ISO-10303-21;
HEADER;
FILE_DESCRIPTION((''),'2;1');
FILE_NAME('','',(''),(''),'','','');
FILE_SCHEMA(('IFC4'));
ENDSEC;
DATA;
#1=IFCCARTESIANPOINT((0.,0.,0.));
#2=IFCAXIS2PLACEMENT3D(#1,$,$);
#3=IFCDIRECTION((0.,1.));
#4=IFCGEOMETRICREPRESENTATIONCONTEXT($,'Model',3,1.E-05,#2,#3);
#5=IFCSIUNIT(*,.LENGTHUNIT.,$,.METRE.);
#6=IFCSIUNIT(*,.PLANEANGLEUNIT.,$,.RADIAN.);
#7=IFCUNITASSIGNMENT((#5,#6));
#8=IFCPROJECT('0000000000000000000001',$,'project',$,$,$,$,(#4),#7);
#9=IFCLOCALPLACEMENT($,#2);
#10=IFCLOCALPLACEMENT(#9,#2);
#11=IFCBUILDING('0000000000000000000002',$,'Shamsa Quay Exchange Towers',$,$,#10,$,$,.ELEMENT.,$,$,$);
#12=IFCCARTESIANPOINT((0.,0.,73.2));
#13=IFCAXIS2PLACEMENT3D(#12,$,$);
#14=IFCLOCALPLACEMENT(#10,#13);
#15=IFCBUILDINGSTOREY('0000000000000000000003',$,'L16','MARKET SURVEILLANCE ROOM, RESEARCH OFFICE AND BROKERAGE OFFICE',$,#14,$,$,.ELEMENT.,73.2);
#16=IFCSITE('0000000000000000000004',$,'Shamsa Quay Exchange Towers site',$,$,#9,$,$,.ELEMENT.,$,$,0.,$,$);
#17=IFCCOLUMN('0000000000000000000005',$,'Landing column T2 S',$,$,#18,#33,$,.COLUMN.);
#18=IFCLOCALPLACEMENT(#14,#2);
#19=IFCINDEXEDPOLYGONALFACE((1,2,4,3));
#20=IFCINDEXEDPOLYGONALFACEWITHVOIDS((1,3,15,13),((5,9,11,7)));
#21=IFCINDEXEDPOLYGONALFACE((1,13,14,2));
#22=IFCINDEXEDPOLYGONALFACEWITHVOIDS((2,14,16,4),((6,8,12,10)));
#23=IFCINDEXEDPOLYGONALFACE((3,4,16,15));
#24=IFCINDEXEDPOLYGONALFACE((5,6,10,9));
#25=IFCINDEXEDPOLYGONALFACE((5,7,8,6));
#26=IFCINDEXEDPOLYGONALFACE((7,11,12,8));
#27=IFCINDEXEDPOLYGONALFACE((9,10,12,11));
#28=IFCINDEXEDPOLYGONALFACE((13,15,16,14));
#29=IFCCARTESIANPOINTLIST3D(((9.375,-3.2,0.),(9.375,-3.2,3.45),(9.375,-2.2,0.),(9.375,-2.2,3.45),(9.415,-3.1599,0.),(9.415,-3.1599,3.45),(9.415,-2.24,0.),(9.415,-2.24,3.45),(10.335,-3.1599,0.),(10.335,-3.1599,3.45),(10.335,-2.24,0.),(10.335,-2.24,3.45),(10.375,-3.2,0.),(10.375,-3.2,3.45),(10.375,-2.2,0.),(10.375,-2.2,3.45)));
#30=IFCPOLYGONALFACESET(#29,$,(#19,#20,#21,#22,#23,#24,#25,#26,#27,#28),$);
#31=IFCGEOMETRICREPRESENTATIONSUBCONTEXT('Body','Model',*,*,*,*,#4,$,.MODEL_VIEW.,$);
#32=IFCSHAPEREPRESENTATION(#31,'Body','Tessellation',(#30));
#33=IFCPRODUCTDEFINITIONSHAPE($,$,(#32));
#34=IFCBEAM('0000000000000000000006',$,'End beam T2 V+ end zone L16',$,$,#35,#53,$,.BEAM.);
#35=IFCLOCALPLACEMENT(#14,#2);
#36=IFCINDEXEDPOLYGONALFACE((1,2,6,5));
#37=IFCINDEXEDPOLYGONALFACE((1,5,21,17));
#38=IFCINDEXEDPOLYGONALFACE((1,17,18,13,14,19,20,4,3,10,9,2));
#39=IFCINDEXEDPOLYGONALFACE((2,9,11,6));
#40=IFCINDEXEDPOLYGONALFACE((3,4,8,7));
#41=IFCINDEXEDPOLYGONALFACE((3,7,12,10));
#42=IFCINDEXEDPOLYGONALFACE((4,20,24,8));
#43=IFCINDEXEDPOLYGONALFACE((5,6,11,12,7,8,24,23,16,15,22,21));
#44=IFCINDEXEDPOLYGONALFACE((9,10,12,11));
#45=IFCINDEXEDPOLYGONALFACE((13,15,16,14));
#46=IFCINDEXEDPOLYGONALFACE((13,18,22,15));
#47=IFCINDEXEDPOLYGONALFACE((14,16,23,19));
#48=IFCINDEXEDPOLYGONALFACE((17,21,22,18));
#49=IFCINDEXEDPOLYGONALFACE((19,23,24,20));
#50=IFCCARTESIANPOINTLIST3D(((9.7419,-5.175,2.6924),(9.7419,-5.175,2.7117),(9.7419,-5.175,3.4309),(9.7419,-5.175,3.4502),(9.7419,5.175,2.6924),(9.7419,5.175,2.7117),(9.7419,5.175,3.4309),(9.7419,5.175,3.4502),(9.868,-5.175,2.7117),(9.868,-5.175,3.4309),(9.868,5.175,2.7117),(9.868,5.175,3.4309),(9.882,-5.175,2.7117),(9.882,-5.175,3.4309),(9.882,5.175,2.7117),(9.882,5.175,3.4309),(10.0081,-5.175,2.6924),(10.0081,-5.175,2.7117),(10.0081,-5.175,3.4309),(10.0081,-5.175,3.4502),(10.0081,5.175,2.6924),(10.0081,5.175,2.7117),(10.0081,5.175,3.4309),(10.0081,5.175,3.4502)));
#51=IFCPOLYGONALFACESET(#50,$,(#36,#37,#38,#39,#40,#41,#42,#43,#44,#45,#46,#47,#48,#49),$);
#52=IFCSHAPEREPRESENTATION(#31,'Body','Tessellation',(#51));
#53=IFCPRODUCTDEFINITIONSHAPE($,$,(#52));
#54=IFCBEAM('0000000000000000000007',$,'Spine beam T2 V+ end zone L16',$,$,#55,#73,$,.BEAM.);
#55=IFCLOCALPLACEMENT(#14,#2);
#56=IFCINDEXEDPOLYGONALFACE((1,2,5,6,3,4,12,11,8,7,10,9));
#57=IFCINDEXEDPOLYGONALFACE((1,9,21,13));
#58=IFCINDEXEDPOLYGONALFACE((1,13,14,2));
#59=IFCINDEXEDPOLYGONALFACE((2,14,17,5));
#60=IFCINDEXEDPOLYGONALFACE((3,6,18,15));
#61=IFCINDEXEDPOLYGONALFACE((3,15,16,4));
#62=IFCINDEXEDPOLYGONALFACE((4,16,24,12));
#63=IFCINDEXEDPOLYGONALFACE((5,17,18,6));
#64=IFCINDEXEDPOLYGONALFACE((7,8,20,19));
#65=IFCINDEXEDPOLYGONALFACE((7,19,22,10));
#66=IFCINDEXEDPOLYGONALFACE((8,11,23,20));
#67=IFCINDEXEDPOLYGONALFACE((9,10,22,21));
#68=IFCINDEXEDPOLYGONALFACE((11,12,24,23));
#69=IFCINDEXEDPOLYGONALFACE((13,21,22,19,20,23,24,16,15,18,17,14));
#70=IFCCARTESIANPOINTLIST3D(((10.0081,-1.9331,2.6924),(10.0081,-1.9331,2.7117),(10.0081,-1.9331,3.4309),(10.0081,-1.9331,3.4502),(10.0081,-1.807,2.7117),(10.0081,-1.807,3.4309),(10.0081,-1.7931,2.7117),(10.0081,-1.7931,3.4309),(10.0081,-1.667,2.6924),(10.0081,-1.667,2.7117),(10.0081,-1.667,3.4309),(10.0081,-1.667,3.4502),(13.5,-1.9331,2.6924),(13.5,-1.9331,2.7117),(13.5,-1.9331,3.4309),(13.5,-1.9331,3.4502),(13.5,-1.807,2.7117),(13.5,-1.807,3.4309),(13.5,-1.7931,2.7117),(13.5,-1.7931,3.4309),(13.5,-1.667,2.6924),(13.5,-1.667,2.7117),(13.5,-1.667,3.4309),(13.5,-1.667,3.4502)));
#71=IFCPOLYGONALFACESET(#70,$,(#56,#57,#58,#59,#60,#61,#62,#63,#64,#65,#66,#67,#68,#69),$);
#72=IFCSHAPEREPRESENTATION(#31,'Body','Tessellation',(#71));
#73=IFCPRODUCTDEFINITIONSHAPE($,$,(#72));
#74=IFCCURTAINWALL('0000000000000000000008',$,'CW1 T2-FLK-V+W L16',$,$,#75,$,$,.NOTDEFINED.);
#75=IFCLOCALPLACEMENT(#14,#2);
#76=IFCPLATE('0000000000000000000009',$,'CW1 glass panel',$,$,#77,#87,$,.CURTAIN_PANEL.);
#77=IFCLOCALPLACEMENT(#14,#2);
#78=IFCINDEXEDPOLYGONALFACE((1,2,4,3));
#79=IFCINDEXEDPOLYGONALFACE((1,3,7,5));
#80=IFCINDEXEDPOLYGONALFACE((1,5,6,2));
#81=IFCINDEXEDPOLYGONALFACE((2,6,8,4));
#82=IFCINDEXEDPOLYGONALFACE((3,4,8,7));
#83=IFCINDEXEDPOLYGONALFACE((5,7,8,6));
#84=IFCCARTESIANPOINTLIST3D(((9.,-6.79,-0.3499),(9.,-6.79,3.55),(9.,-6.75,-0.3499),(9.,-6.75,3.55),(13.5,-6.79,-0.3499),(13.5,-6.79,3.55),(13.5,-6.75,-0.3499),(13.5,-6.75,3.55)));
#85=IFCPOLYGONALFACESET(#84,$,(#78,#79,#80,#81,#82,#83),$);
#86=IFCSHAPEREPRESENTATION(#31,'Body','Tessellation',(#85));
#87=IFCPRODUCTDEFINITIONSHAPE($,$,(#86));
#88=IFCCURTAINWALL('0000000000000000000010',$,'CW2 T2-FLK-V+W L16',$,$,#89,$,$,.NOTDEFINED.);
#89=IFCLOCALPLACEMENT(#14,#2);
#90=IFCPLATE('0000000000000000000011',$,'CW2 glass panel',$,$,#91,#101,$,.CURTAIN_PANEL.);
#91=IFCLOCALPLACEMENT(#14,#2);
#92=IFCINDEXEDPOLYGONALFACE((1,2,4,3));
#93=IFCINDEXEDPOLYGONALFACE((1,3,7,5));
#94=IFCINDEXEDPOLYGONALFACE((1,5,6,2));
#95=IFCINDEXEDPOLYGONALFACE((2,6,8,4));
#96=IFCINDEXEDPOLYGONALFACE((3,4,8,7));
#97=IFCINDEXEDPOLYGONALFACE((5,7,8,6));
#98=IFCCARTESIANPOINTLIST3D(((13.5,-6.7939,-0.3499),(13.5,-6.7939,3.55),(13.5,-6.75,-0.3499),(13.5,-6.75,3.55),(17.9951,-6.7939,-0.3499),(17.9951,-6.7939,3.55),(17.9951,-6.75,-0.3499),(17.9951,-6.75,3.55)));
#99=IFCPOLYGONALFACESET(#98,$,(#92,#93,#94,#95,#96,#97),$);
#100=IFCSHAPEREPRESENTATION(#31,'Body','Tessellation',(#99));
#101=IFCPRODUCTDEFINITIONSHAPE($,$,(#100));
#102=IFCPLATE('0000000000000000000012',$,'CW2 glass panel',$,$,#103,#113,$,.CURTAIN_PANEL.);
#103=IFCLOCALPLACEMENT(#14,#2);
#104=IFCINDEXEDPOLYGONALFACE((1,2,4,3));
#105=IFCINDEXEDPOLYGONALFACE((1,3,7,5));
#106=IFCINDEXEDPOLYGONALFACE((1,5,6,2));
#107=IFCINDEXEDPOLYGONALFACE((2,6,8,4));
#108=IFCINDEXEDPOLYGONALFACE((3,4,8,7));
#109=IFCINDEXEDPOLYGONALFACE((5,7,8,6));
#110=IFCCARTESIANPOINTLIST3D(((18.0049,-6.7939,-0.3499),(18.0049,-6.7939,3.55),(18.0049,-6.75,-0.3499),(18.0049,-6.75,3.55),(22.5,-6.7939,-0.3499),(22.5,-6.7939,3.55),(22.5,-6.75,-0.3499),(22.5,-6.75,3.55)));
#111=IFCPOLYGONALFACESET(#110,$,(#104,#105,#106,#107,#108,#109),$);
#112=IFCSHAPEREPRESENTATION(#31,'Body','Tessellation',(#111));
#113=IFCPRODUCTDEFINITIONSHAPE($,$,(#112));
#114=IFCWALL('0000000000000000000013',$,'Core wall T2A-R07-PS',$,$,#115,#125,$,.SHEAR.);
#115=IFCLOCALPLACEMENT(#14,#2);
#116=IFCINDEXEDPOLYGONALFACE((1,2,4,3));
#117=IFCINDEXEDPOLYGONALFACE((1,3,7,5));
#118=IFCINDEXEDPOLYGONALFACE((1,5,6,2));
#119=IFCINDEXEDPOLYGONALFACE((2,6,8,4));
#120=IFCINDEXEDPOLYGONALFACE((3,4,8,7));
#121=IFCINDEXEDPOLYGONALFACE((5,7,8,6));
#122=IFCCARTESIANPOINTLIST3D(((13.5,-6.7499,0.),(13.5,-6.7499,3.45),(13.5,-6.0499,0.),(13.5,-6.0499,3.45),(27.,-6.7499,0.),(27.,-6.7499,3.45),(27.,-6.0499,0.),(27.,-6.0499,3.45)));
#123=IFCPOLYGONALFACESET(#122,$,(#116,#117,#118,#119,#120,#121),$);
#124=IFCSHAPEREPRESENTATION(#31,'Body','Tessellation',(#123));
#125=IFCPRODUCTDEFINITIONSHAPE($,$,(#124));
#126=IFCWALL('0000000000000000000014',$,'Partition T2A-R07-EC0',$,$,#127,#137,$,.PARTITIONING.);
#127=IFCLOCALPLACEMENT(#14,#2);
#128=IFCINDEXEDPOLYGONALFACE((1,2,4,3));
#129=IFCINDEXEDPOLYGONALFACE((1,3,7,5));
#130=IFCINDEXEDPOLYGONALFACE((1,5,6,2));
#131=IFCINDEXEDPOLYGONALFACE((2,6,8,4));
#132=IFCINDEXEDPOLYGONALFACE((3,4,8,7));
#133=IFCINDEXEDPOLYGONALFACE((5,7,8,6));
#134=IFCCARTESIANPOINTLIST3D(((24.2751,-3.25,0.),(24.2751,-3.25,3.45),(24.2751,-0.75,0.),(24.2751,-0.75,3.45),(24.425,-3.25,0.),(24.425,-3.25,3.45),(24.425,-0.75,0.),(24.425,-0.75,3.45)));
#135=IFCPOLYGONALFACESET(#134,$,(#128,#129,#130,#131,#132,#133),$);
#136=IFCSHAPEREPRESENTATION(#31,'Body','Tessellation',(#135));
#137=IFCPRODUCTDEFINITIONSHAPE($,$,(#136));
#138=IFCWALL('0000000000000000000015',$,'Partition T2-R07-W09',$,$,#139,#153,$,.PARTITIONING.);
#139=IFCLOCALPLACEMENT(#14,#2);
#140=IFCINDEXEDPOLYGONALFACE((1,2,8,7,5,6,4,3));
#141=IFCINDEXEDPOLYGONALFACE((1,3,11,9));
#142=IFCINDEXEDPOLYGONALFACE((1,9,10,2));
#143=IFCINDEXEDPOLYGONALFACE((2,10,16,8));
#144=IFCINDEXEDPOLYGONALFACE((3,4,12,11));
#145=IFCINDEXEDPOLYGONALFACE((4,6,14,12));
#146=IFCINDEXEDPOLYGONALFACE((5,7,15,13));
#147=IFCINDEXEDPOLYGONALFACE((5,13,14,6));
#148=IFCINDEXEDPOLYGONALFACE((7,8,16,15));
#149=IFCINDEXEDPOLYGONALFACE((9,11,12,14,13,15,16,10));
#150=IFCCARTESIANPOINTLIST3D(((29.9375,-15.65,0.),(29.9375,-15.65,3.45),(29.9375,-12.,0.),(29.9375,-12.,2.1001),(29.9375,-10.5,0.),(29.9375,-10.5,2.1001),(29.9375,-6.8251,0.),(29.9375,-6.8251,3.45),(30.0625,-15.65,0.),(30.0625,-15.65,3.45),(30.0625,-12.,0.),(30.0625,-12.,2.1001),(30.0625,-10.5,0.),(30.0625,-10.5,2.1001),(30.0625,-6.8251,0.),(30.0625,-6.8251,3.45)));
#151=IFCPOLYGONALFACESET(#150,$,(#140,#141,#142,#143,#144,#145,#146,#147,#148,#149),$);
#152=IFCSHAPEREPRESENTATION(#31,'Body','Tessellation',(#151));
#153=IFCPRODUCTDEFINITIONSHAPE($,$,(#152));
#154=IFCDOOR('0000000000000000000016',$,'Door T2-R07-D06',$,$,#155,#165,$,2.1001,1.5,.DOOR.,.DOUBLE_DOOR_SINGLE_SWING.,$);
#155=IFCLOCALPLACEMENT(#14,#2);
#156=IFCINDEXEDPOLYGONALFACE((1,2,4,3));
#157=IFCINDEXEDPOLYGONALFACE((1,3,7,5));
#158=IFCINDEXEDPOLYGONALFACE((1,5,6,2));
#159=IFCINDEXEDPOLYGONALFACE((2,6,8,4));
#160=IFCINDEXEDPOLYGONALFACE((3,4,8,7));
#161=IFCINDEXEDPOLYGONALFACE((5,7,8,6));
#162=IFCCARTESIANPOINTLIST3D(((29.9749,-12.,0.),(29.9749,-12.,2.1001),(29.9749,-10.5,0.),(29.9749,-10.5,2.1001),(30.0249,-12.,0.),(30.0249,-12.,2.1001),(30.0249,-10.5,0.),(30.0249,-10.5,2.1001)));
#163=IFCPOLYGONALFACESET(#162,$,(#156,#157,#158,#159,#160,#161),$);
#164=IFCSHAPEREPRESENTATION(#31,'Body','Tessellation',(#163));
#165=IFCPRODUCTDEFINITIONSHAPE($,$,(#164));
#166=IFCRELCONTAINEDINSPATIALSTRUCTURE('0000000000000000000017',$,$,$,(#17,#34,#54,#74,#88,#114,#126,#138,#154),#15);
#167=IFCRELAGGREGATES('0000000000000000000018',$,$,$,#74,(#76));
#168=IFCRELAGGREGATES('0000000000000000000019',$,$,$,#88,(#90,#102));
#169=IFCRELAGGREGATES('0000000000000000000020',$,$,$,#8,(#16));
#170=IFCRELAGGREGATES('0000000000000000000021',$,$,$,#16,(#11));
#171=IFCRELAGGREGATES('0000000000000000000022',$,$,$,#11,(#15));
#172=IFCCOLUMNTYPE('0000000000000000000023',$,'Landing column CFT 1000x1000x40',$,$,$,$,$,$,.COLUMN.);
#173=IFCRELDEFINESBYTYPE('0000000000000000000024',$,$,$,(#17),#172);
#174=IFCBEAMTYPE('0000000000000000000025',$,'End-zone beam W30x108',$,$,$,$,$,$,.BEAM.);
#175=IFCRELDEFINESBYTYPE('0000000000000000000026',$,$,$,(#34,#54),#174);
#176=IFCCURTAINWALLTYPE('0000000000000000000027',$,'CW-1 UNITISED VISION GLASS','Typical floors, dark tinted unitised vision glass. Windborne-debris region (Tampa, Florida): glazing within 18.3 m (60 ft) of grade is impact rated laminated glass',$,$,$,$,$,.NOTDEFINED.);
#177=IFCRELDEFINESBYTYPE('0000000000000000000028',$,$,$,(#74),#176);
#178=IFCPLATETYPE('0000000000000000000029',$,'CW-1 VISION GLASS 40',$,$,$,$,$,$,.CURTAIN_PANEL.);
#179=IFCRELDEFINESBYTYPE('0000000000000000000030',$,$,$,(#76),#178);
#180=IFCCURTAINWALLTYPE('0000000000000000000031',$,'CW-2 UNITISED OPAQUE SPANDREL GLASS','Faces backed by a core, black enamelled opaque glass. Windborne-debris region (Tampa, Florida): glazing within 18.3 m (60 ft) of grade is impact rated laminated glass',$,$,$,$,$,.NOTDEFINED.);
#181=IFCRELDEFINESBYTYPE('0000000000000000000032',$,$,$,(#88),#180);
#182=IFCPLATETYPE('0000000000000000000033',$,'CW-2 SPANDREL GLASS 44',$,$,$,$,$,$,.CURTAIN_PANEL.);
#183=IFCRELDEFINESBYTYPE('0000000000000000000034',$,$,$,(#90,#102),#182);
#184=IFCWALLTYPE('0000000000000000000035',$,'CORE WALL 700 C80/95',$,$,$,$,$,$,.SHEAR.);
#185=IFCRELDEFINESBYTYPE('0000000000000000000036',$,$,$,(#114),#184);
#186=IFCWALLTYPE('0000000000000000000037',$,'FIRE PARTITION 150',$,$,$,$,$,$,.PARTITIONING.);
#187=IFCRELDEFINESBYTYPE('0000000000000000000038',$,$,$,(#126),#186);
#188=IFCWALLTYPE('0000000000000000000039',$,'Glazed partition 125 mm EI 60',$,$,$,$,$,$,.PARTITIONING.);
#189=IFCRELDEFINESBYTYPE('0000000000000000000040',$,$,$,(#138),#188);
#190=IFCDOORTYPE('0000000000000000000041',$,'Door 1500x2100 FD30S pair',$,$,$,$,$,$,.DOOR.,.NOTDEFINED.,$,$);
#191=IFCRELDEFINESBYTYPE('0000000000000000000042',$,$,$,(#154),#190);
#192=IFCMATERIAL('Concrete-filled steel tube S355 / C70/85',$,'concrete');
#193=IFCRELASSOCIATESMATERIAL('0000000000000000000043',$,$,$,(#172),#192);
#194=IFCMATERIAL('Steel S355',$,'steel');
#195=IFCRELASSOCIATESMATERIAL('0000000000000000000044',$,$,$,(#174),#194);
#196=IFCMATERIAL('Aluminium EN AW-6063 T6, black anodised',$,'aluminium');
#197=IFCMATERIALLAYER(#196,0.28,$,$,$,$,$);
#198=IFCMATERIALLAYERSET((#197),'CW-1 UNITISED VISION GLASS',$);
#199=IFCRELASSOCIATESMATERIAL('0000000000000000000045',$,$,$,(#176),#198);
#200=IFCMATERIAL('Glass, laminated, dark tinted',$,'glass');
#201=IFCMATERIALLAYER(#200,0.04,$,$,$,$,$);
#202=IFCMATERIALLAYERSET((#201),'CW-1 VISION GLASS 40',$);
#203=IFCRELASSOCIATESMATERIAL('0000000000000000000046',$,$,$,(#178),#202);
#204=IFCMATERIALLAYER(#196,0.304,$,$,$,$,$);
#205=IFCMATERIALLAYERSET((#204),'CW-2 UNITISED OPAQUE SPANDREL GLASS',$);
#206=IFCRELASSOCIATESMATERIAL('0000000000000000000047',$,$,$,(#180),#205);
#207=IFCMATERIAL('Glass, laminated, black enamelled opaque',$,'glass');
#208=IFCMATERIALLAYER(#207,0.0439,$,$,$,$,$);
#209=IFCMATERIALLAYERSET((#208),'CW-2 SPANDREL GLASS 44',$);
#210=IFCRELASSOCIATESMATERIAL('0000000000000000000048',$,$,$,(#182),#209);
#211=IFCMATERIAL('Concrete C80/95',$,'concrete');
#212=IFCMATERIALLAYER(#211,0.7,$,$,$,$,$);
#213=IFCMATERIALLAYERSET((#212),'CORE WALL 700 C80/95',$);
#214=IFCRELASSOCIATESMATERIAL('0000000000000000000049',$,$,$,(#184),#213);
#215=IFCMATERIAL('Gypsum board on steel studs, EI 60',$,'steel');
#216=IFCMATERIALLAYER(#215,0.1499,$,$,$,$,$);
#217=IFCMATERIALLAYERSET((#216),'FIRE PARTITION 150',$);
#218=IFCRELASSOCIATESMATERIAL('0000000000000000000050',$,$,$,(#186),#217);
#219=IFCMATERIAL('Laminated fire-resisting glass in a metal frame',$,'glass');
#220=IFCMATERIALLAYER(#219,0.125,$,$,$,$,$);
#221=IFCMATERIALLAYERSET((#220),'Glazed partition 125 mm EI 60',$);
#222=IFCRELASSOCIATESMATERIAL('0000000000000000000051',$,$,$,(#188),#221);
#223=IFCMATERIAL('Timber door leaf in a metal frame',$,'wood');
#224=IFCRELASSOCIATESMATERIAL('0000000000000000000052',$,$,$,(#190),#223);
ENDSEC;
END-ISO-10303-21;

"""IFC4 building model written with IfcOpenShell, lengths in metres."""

from ifc_helpers import new_model, si_unit, direction, frame, frame_2d, origin, origin_2d, place, context, subcontext, project, spatial, rectangle, hollow_rectangle, i_section, extrude, material, layer, layer_set, material_profile, profile_set, type_object, element, fill, aggregate, save


model = new_model("IFC4")

# Units and contexts
model_context = context("Model", 3, precision=1e-05, world=origin(), true_north=direction((0.0, 1.0)))
body_context = subcontext(model_context, "Body", "Model", "MODEL_VIEW")
ifc_project = project(units=[si_unit("LENGTHUNIT", "METRE"), si_unit("PLANEANGLEUNIT", "RADIAN")], contexts=[model_context])

# Site, building, storey
site_placement = place(None, origin())
site = spatial("IfcSite", under=ifc_project, at=site_placement, Name="Shamsa Quay Exchange Towers site", CompositionType="ELEMENT", RefElevation=0.0)
building_placement = place(site_placement, origin())
building = spatial("IfcBuilding", under=site, at=building_placement, Name="Shamsa Quay Exchange Towers", CompositionType="ELEMENT")
storey_placement = place(building_placement, frame((0.0, 0.0, 73.2)))
storey = spatial("IfcBuildingStorey", under=building, at=storey_placement, Name="L16", Description="MARKET SURVEILLANCE ROOM, RESEARCH OFFICE AND BROKERAGE OFFICE", CompositionType="ELEMENT", Elevation=73.2)

# Column
ifc_material_1 = material(Name="Concrete-filled steel tube S355 / C70/85", Category="concrete")
ifc_material_profile_1 = material_profile(ifc_material_1, hollow_rectangle(XDim=1.0, YDim=1.0, WallThickness=0.04, at=origin_2d()), Name="CFT 1000x1000x40")
ifc_profile_set_1 = profile_set([ifc_material_profile_1], Name="Concrete-filled steel tube S355 / C70/85")
column_type = type_object("IfcColumnType", Name="Landing column CFT 1000x1000x40", PredefinedType="COLUMN", material=ifc_profile_set_1)
column_placement = place(storey_placement, frame((9.875, -2.7, 0.0)))
element("IfcColumn", 1, at=column_placement, inside=storey, type_object=column_type, Name="Landing column T2 S", PredefinedType="COLUMN", context=body_context, shape_type="SweptSolid", body=[
    extrude(hollow_rectangle(XDim=1.0, YDim=1.0, WallThickness=0.04, at=origin_2d()), origin(), (0.0, 0.0, 1.0), 3.45),
])

# Beams
ifc_material_2 = material(Name="Steel S355", Category="steel")
ifc_material_profile_2 = material_profile(ifc_material_2, i_section(OverallWidth=0.2661, OverallDepth=0.7578, WebThickness=0.0139, FlangeThickness=0.0193, at=origin_2d()), Name="W30x108")
ifc_profile_set_2 = profile_set([ifc_material_profile_2], Name="Steel S355")
beam_type = type_object("IfcBeamType", Name="End-zone beam W30x108", PredefinedType="BEAM", material=ifc_profile_set_2)
beam_1_placement = place(storey_placement, frame((9.875, -5.175, 3.0713), z_axis=(0.0, 1.0, 0.0), x_axis=(-1.0, 0.0, 0.0)))
element("IfcBeam", 2, at=beam_1_placement, inside=storey, type_object=beam_type, Name="End beam T2 V+ end zone L16", PredefinedType="BEAM", context=body_context, shape_type="SweptSolid", body=[
    extrude(i_section(OverallWidth=0.2661, OverallDepth=0.7578, WebThickness=0.0139, FlangeThickness=0.0193, at=origin_2d()), origin(), (0.0, 0.0, 1.0), 10.3501),
])
beam_2_placement = place(storey_placement, frame((13.5, -1.8, 3.0713), z_axis=(-1.0, 0.0, 0.0), x_axis=(0.0, -1.0, 0.0)))
element("IfcBeam", 3, at=beam_2_placement, inside=storey, type_object=beam_type, Name="Spine beam T2 V+ end zone L16", PredefinedType="BEAM", context=body_context, shape_type="SweptSolid", body=[
    extrude(i_section(OverallWidth=0.2661, OverallDepth=0.7578, WebThickness=0.0139, FlangeThickness=0.0193, at=origin_2d()), origin(), (0.0, 0.0, 1.0), 3.4919),
])

# Curtain wall, plate
ifc_material_3 = material(Name="Aluminium EN AW-6063 T6, black anodised", Category="aluminium")
ifc_layer_1 = layer(ifc_material_3, 0.28)
ifc_layer_set_1 = layer_set([ifc_layer_1], Name="CW-1 UNITISED VISION GLASS")
curtain_wall_type_1 = type_object("IfcCurtainWallType", Name="CW-1 UNITISED VISION GLASS", Description="Typical floors, dark tinted unitised vision glass. Windborne-debris region (Tampa, Florida): glazing within 18.3 m (60 ft) of grade is impact rated laminated glass", PredefinedType="NOTDEFINED", material=ifc_layer_set_1)
curtain_wall_1_placement = place(storey_placement, origin())
curtain_wall_1 = element("IfcCurtainWall", 4, at=curtain_wall_1_placement, inside=storey, type_object=curtain_wall_type_1, Name="CW1 T2-FLK-V+W L16", PredefinedType="NOTDEFINED")
ifc_material_4 = material(Name="Glass, laminated, dark tinted", Category="glass")
ifc_layer_2 = layer(ifc_material_4, 0.04)
ifc_layer_set_2 = layer_set([ifc_layer_2], Name="CW-1 VISION GLASS 40")
plate_type_1 = type_object("IfcPlateType", Name="CW-1 VISION GLASS 40", PredefinedType="CURTAIN_PANEL", material=ifc_layer_set_2)
plate_1_placement = place(storey_placement, frame((11.25, -6.77, -0.3499)))
plate_1 = element("IfcPlate", 5, at=plate_1_placement, type_object=plate_type_1, Name="CW1 glass panel", PredefinedType="CURTAIN_PANEL", context=body_context, shape_type="SweptSolid", body=[
    extrude(rectangle(XDim=4.5, YDim=0.04, at=origin_2d()), origin(), (0.0, 0.0, 1.0), 3.8999),
])
aggregate(curtain_wall_1, [plate_1])

# Curtain wall, plates
ifc_layer_3 = layer(ifc_material_3, 0.304)
ifc_layer_set_3 = layer_set([ifc_layer_3], Name="CW-2 UNITISED OPAQUE SPANDREL GLASS")
curtain_wall_type_2 = type_object("IfcCurtainWallType", Name="CW-2 UNITISED OPAQUE SPANDREL GLASS", Description="Faces backed by a core, black enamelled opaque glass. Windborne-debris region (Tampa, Florida): glazing within 18.3 m (60 ft) of grade is impact rated laminated glass", PredefinedType="NOTDEFINED", material=ifc_layer_set_3)
curtain_wall_2_placement = place(storey_placement, origin())
curtain_wall_2 = element("IfcCurtainWall", 6, at=curtain_wall_2_placement, inside=storey, type_object=curtain_wall_type_2, Name="CW2 T2-FLK-V+W L16", PredefinedType="NOTDEFINED")
ifc_material_5 = material(Name="Glass, laminated, black enamelled opaque", Category="glass")
ifc_layer_4 = layer(ifc_material_5, 0.0439)
ifc_layer_set_4 = layer_set([ifc_layer_4], Name="CW-2 SPANDREL GLASS 44")
plate_type_2 = type_object("IfcPlateType", Name="CW-2 SPANDREL GLASS 44", PredefinedType="CURTAIN_PANEL", material=ifc_layer_set_4)
plate_2_placement = place(storey_placement, frame((15.7476, -6.772, -0.3499)))
plate_2 = element("IfcPlate", 7, at=plate_2_placement, type_object=plate_type_2, Name="CW2 glass panel", PredefinedType="CURTAIN_PANEL", context=body_context, shape_type="SweptSolid", body=[
    extrude(rectangle(XDim=4.4951, YDim=0.0439, at=origin_2d()), origin(), (0.0, 0.0, 1.0), 3.8999),
])
plate_3_placement = place(storey_placement, frame((20.2524, -6.772, -0.3499)))
plate_3 = element("IfcPlate", 8, at=plate_3_placement, type_object=plate_type_2, Name="CW2 glass panel", PredefinedType="CURTAIN_PANEL", context=body_context, shape_type="SweptSolid", body=[
    extrude(rectangle(XDim=4.4951, YDim=0.0439, at=origin_2d()), origin(), (0.0, 0.0, 1.0), 3.8999),
])
aggregate(curtain_wall_2, [plate_2, plate_3])

# Walls
ifc_material_6 = material(Name="Concrete C80/95", Category="concrete")
ifc_layer_5 = layer(ifc_material_6, 0.7)
ifc_layer_set_5 = layer_set([ifc_layer_5], Name="CORE WALL 700 C80/95")
wall_type_1 = type_object("IfcWallType", Name="CORE WALL 700 C80/95", PredefinedType="SHEAR", material=ifc_layer_set_5)
wall_1_placement = place(storey_placement, frame((13.5, -6.3999, 0.0)))
element("IfcWall", 9, at=wall_1_placement, inside=storey, type_object=wall_type_1, Name="Core wall T2A-R07-PS", PredefinedType="SHEAR", context=body_context, shape_type="SweptSolid", body=[
    extrude(rectangle(XDim=13.5, YDim=0.7, at=frame_2d((6.75, 0.0))), origin(), (0.0, 0.0, 1.0), 3.45),
])
ifc_material_7 = material(Name="Gypsum board on steel studs, EI 60", Category="steel")
ifc_layer_6 = layer(ifc_material_7, 0.1499)
ifc_layer_set_6 = layer_set([ifc_layer_6], Name="FIRE PARTITION 150")
wall_type_2 = type_object("IfcWallType", Name="FIRE PARTITION 150", PredefinedType="PARTITIONING", material=ifc_layer_set_6)
wall_2_placement = place(storey_placement, frame((24.3501, -3.25, 0.0), z_axis=(0.0, 0.0, 1.0), x_axis=(0.0, 1.0, 0.0)))
element("IfcWall", 10, at=wall_2_placement, inside=storey, type_object=wall_type_2, Name="Partition T2A-R07-EC0", PredefinedType="PARTITIONING", context=body_context, shape_type="SweptSolid", body=[
    extrude(rectangle(XDim=2.5, YDim=0.1499, at=frame_2d((1.25, 0.0))), origin(), (0.0, 0.0, 1.0), 3.45),
])

# Wall, opening, door
ifc_material_8 = material(Name="Laminated fire-resisting glass in a metal frame", Category="glass")
ifc_layer_7 = layer(ifc_material_8, 0.125)
ifc_layer_set_7 = layer_set([ifc_layer_7], Name="Glazed partition 125 mm EI 60")
wall_type_3 = type_object("IfcWallType", Name="Glazed partition 125 mm EI 60", PredefinedType="PARTITIONING", material=ifc_layer_set_7)
wall_3_placement = place(storey_placement, frame((30.0, -6.825, 0.0), z_axis=(0.0, 0.0, 1.0), x_axis=(0.0, -1.0, 0.0)))
wall_3 = element("IfcWall", 11, at=wall_3_placement, inside=storey, type_object=wall_type_3, Name="Partition T2-R07-W09", PredefinedType="PARTITIONING", context=body_context, shape_type="SweptSolid", body=[
    extrude(rectangle(XDim=8.825, YDim=0.125, at=frame_2d((4.4126, 0.0))), origin(), (0.0, 0.0, 1.0), 3.45),
])
opening_1_placement = place(wall_3_placement, frame((3.675, 0.0, 0.0)))
opening_1 = element("IfcOpeningElement", 12, at=opening_1_placement, cuts=wall_3, PredefinedType="OPENING", context=body_context, shape_type="SweptSolid", body=[
    extrude(rectangle(XDim=1.5, YDim=2.1001, at=frame_2d((0.75, 1.05))), frame((0.0, 0.0725, 0.0), z_axis=(0.0, -1.0, 0.0), x_axis=(1.0, 0.0, 0.0)), (0.0, 0.0, 1.0), 0.145),
])
ifc_material_9 = material(Name="Timber door leaf in a metal frame", Category="wood")
door_type_1 = type_object("IfcDoorType", Name="Door 1500x2100 FD30S pair", OperationType="NOTDEFINED", PredefinedType="DOOR", material=ifc_material_9)
door_1_placement = place(opening_1_placement, origin())
door_1 = element("IfcDoor", 13, at=door_1_placement, inside=storey, type_object=door_type_1, Name="Door T2-R07-D06", OperationType="DOUBLE_DOOR_SINGLE_SWING", OverallHeight=2.1001, OverallWidth=1.5, PredefinedType="DOOR", context=body_context, shape_type="SweptSolid", body=[
    extrude(rectangle(XDim=1.5, YDim=2.1001, at=frame_2d((0.75, 1.05))), frame((0.0, 0.0249, 0.0), z_axis=(0.0, -1.0, 0.0), x_axis=(1.0, 0.0, 0.0)), (0.0, 0.0, 1.0), 0.05),
])
fill(opening_1, door_1)

save(model, "model.ifc")
